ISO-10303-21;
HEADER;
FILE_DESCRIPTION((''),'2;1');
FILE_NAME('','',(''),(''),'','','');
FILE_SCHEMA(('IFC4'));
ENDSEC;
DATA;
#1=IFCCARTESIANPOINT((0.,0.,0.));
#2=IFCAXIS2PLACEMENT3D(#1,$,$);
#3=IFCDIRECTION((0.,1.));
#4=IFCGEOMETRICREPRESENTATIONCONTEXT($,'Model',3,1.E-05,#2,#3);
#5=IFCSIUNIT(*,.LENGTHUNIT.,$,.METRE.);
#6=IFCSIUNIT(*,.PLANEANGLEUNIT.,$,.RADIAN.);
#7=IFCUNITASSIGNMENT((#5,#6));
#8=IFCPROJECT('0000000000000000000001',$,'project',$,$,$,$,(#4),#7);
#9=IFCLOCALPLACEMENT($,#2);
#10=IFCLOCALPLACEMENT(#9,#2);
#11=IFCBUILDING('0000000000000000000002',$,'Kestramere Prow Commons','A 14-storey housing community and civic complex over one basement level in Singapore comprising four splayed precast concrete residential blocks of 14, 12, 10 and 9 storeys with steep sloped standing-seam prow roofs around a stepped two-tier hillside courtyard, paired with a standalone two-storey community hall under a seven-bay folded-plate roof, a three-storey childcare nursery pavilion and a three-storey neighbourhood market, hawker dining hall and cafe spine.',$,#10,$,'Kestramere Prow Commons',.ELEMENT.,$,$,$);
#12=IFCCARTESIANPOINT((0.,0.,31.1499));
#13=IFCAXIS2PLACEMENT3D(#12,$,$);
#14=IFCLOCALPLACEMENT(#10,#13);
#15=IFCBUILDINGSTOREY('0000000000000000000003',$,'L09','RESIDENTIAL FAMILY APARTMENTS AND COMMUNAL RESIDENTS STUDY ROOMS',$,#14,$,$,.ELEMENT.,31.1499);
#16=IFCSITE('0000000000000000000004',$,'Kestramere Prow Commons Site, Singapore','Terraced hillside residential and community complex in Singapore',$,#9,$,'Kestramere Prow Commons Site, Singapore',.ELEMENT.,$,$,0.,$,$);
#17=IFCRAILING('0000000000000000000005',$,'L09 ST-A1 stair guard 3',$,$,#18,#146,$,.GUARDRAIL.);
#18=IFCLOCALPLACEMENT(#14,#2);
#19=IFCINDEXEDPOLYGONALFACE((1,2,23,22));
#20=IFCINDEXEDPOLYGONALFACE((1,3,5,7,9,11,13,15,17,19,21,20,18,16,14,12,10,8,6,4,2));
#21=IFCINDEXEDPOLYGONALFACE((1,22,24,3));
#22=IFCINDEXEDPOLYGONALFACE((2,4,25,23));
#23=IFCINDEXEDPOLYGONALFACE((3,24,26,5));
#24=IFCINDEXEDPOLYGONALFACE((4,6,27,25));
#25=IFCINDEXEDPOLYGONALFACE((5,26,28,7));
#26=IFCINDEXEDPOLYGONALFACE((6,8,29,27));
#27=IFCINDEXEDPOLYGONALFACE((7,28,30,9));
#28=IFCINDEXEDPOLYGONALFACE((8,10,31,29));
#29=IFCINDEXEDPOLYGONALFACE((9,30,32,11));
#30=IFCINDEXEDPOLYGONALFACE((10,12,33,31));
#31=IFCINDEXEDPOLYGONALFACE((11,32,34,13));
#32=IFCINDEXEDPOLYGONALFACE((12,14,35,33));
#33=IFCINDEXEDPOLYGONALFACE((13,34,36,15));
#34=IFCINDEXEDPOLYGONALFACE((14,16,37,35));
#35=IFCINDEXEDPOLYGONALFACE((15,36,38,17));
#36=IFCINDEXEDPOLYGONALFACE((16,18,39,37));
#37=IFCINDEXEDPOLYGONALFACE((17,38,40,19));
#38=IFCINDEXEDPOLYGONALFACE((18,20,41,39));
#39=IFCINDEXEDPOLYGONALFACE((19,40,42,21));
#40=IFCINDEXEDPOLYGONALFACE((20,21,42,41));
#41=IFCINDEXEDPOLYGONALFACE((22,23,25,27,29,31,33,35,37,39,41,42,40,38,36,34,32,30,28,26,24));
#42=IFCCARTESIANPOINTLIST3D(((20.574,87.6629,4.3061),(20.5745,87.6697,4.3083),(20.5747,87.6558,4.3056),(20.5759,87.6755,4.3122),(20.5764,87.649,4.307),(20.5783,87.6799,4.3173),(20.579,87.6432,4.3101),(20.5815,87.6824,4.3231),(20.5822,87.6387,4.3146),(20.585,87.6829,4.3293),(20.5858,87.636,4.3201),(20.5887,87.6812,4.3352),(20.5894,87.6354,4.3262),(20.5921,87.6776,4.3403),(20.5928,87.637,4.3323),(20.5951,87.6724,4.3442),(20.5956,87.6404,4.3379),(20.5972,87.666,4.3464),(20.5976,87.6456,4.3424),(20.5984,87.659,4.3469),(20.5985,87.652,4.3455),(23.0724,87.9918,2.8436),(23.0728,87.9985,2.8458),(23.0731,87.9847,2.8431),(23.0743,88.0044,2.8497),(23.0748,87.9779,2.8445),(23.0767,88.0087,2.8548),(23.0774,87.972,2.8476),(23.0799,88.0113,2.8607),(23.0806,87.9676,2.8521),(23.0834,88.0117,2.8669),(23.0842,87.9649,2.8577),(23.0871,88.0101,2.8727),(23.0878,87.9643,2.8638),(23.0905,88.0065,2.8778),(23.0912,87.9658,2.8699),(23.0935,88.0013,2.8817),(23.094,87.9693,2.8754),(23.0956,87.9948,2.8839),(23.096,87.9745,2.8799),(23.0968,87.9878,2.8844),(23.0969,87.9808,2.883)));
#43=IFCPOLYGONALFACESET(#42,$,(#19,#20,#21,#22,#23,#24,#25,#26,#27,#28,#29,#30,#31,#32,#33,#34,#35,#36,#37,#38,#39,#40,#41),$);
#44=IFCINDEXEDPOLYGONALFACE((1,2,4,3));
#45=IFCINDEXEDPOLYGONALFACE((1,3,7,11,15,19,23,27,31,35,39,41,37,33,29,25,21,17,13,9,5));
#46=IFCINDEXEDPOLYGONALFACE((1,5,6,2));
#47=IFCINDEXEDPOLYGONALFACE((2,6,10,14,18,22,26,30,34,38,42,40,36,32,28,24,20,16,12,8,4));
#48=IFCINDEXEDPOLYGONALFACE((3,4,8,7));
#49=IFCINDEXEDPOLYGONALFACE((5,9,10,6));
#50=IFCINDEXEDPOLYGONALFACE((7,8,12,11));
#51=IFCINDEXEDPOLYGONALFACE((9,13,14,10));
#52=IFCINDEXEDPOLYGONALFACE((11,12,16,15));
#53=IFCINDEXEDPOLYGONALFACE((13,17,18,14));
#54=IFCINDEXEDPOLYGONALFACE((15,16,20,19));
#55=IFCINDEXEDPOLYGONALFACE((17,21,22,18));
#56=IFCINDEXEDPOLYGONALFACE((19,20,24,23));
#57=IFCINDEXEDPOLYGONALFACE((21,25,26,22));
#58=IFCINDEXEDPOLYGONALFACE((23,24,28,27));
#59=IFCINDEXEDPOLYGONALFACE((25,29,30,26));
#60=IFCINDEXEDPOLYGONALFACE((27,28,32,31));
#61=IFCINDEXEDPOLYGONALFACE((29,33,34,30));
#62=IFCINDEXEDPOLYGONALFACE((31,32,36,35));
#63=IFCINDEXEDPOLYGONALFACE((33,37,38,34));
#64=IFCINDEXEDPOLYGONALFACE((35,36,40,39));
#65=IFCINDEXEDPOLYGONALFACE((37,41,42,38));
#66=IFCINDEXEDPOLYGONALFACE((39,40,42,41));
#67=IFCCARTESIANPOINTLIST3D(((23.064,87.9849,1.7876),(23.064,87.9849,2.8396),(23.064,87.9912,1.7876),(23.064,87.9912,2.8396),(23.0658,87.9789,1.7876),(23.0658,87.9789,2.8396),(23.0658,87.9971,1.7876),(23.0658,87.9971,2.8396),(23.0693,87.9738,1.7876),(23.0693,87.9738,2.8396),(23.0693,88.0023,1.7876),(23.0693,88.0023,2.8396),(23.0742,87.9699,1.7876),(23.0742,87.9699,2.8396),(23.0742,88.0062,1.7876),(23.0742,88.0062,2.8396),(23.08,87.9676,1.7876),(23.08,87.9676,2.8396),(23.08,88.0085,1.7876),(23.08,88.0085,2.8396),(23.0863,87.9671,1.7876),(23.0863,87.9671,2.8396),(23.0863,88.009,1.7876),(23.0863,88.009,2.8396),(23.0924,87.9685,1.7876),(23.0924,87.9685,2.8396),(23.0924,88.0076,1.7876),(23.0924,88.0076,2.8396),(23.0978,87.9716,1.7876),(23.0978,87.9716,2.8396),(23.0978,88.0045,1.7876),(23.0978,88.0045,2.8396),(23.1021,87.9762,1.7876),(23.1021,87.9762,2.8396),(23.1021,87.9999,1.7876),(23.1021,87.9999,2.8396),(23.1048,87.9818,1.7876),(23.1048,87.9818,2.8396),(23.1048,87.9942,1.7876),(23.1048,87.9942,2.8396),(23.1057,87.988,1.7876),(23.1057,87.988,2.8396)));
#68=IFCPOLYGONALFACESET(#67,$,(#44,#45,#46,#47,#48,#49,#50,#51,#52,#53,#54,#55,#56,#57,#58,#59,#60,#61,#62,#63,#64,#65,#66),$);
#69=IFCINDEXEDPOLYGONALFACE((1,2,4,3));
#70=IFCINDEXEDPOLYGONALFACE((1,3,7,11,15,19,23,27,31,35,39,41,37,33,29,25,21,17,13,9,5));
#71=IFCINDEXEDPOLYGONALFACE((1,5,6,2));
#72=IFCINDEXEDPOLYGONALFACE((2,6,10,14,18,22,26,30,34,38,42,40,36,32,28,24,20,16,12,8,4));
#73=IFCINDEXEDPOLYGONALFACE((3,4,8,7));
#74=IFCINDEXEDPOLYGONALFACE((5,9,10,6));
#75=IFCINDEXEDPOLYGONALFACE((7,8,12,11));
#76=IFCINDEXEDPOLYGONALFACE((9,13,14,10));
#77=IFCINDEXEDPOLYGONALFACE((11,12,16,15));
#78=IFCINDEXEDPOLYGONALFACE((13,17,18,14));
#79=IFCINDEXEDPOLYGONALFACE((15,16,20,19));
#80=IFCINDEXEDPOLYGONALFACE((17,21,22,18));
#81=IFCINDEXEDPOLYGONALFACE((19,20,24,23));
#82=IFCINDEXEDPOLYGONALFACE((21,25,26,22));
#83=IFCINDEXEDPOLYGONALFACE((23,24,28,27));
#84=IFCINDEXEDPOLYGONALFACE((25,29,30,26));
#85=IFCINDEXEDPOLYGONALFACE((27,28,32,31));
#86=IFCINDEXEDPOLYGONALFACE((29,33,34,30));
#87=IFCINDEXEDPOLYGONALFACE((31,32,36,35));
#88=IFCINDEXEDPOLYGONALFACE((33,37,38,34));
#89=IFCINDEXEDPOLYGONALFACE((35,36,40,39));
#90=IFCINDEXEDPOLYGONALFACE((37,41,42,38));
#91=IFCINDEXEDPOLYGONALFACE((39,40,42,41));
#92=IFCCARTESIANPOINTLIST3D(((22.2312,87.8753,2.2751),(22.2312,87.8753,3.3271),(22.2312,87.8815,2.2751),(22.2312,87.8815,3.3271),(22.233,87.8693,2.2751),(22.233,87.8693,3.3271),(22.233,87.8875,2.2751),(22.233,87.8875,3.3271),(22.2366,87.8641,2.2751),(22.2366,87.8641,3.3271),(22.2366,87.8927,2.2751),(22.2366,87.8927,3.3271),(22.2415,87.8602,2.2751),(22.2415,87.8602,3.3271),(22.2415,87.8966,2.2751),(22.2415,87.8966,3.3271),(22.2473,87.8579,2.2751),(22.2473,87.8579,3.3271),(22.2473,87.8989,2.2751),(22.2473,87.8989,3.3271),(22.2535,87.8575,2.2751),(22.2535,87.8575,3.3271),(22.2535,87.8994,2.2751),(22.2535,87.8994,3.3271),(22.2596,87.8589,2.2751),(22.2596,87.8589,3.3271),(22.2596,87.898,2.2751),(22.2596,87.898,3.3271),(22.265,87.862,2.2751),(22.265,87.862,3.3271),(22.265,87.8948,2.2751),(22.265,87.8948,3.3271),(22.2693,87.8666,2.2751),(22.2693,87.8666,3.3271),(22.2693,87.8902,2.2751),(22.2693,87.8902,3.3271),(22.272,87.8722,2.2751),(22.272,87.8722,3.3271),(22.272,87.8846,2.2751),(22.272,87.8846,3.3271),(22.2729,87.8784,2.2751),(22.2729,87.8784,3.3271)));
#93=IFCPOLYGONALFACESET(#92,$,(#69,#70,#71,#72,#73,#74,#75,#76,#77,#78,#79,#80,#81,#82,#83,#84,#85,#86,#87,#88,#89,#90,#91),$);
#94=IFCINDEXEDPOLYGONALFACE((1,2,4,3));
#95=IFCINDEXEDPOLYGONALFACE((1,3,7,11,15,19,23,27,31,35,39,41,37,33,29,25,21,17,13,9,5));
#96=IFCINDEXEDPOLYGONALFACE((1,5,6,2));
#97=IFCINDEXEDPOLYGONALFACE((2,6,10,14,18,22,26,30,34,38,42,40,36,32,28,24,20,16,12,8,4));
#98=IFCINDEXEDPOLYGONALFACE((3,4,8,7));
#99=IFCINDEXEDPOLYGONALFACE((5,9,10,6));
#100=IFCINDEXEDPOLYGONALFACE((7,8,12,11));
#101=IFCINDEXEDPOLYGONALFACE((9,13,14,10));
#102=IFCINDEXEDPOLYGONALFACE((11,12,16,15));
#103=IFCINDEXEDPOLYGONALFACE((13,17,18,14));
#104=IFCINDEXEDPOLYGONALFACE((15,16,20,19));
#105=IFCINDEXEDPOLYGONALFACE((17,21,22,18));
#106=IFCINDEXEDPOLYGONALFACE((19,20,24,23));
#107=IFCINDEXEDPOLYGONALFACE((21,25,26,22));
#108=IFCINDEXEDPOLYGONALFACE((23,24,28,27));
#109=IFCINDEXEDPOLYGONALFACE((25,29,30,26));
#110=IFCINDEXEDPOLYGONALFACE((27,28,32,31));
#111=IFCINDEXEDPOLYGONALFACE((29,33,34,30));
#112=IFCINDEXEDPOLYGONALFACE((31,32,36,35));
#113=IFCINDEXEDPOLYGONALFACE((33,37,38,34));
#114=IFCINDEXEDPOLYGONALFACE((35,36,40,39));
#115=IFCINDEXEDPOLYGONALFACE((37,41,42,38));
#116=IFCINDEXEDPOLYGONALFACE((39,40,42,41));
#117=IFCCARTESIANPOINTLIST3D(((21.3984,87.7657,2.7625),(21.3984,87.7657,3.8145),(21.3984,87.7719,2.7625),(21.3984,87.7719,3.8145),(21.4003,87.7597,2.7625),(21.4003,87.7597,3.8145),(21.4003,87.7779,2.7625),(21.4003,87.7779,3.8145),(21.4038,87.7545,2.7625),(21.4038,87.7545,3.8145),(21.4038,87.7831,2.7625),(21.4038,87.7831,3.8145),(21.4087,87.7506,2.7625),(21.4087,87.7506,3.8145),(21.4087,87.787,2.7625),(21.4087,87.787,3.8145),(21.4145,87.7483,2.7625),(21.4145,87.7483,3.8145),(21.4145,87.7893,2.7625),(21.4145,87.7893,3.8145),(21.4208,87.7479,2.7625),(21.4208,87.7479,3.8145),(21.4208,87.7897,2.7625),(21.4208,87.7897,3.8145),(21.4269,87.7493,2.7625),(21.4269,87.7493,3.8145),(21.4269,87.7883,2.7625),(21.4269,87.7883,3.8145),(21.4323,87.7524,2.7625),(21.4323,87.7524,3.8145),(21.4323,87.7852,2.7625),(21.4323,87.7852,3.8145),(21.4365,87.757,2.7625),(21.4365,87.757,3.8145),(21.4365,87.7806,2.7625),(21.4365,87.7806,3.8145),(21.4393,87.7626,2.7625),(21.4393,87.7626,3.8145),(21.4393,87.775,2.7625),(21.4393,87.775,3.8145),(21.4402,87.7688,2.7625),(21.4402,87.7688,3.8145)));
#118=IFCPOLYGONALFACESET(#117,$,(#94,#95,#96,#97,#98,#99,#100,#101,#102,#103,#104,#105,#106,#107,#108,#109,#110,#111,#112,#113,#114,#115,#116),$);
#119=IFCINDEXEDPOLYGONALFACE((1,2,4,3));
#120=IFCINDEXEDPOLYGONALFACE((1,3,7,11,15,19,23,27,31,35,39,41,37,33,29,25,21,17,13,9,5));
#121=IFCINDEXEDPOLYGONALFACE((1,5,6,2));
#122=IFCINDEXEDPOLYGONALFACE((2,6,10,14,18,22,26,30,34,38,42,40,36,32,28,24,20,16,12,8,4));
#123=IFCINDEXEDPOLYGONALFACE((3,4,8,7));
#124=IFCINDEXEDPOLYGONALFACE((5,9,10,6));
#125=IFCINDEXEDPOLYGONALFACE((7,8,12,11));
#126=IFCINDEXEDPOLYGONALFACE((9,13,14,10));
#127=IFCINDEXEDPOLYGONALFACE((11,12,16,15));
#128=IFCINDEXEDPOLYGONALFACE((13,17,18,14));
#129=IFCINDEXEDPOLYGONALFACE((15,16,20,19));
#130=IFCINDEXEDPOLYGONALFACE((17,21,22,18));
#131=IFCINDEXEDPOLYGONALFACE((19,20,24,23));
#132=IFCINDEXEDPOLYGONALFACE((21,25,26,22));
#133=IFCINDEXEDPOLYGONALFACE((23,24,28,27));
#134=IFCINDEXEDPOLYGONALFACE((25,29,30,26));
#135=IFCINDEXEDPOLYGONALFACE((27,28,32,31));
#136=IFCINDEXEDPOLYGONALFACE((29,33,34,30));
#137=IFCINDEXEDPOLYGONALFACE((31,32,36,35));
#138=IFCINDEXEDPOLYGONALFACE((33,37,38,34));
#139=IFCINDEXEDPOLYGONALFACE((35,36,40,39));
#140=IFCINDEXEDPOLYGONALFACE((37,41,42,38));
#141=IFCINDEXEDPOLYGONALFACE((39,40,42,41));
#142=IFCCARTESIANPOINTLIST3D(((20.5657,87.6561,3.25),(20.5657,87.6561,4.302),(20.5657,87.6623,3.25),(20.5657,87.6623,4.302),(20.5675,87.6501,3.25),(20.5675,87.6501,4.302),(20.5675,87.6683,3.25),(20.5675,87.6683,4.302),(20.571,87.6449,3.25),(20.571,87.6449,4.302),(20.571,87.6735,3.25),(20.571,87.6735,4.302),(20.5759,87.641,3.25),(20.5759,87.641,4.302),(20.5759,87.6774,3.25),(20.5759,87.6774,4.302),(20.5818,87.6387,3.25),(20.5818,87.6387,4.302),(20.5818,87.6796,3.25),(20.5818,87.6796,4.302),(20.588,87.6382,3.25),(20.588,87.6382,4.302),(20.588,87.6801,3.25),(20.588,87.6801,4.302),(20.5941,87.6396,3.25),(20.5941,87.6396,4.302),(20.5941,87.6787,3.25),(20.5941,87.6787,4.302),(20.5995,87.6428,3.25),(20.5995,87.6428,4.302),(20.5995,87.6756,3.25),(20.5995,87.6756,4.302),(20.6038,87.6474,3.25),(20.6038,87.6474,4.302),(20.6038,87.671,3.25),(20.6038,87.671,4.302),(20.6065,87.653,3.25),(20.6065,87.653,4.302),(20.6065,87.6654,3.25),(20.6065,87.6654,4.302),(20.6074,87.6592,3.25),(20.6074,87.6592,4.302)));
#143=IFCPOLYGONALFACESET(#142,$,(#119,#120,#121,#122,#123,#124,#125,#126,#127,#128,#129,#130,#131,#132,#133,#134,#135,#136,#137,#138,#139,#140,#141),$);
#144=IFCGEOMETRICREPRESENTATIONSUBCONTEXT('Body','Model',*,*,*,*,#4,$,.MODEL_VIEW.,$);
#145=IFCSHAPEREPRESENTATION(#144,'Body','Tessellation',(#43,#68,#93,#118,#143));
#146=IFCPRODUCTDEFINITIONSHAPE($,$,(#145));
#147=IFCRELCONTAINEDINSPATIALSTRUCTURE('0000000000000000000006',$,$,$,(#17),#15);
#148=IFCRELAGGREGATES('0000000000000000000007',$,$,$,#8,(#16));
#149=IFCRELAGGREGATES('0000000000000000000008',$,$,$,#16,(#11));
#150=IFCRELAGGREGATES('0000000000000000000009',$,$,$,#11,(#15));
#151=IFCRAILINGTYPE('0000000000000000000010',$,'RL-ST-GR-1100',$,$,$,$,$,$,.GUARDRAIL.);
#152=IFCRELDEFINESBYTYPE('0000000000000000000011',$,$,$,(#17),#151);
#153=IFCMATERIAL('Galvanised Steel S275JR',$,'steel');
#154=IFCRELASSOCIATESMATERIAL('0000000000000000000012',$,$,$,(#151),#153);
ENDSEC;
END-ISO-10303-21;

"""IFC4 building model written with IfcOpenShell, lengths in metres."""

from ifc_helpers import new_model, si_unit, direction, frame, origin, origin_2d, place, context, subcontext, project, spatial, circle, extrude, material, type_object, element, save


model = new_model("IFC4")

# Units and contexts
model_context = context("Model", 3, precision=1e-05, world=origin(), true_north=direction((0.0, 1.0)))
body_context = subcontext(model_context, "Body", "Model", "MODEL_VIEW")
ifc_project = project(units=[si_unit("LENGTHUNIT", "METRE"), si_unit("PLANEANGLEUNIT", "RADIAN")], contexts=[model_context])

# Site, building, storey
site_placement = place(None, origin())
site = spatial("IfcSite", under=ifc_project, at=site_placement, Name="Kestramere Prow Commons Site, Singapore", Description="Terraced hillside residential and community complex in Singapore", LongName="Kestramere Prow Commons Site, Singapore", CompositionType="ELEMENT", RefElevation=0.0)
building_placement = place(site_placement, origin())
building = spatial("IfcBuilding", under=site, at=building_placement, Name="Kestramere Prow Commons", Description="A 14-storey housing community and civic complex over one basement level in Singapore comprising four splayed precast concrete residential blocks of 14, 12, 10 and 9 storeys with steep sloped standing-seam prow roofs around a stepped two-tier hillside courtyard, paired with a standalone two-storey community hall under a seven-bay folded-plate roof, a three-storey childcare nursery pavilion and a three-storey neighbourhood market, hawker dining hall and cafe spine.", LongName="Kestramere Prow Commons", CompositionType="ELEMENT")
storey_placement = place(building_placement, frame((0.0, 0.0, 31.1499)))
storey = spatial("IfcBuildingStorey", under=building, at=storey_placement, Name="L09", Description="RESIDENTIAL FAMILY APARTMENTS AND COMMUNAL RESIDENTS STUDY ROOMS", CompositionType="ELEMENT", Elevation=31.1499)

# Railing
ifc_material_1 = material(Name="Galvanised Steel S275JR", Category="steel")
railing_type_1 = type_object("IfcRailingType", Name="RL-ST-GR-1100", PredefinedType="GUARDRAIL", material=ifc_material_1)
railing_1_placement = place(storey_placement, frame((23.0847, 87.988, 1.7876)))
element("IfcRailing", 1, at=railing_1_placement, inside=storey, type_object=railing_type_1, Name="L09 ST-A1 stair guard 3", PredefinedType="GUARDRAIL", context=body_context, shape_type="SweptSolid", body=[
    extrude(circle(Radius=0.0239, at=origin_2d()), frame((0.0, 0.0, 1.0762), z_axis=(-0.857501, -0.112875, 0.501948), x_axis=(0.130507, -0.991447, 0.0)), (0.0, 0.0, 1.0), 2.9136),
    extrude(circle(Radius=0.021, at=origin_2d()), origin(), (0.0, 0.0, 1.0), 1.052),
    extrude(circle(Radius=0.021, at=origin_2d()), frame((-0.8328, -0.1096, 0.4875)), (0.0, 0.0, 1.0), 1.052),
    extrude(circle(Radius=0.021, at=origin_2d()), frame((-1.6655, -0.2192, 0.9749)), (0.0, 0.0, 1.0), 1.052),
    extrude(circle(Radius=0.021, at=origin_2d()), frame((-2.4983, -0.3289, 1.4624)), (0.0, 0.0, 1.0), 1.052),
])

save(model, "model.ifc")
